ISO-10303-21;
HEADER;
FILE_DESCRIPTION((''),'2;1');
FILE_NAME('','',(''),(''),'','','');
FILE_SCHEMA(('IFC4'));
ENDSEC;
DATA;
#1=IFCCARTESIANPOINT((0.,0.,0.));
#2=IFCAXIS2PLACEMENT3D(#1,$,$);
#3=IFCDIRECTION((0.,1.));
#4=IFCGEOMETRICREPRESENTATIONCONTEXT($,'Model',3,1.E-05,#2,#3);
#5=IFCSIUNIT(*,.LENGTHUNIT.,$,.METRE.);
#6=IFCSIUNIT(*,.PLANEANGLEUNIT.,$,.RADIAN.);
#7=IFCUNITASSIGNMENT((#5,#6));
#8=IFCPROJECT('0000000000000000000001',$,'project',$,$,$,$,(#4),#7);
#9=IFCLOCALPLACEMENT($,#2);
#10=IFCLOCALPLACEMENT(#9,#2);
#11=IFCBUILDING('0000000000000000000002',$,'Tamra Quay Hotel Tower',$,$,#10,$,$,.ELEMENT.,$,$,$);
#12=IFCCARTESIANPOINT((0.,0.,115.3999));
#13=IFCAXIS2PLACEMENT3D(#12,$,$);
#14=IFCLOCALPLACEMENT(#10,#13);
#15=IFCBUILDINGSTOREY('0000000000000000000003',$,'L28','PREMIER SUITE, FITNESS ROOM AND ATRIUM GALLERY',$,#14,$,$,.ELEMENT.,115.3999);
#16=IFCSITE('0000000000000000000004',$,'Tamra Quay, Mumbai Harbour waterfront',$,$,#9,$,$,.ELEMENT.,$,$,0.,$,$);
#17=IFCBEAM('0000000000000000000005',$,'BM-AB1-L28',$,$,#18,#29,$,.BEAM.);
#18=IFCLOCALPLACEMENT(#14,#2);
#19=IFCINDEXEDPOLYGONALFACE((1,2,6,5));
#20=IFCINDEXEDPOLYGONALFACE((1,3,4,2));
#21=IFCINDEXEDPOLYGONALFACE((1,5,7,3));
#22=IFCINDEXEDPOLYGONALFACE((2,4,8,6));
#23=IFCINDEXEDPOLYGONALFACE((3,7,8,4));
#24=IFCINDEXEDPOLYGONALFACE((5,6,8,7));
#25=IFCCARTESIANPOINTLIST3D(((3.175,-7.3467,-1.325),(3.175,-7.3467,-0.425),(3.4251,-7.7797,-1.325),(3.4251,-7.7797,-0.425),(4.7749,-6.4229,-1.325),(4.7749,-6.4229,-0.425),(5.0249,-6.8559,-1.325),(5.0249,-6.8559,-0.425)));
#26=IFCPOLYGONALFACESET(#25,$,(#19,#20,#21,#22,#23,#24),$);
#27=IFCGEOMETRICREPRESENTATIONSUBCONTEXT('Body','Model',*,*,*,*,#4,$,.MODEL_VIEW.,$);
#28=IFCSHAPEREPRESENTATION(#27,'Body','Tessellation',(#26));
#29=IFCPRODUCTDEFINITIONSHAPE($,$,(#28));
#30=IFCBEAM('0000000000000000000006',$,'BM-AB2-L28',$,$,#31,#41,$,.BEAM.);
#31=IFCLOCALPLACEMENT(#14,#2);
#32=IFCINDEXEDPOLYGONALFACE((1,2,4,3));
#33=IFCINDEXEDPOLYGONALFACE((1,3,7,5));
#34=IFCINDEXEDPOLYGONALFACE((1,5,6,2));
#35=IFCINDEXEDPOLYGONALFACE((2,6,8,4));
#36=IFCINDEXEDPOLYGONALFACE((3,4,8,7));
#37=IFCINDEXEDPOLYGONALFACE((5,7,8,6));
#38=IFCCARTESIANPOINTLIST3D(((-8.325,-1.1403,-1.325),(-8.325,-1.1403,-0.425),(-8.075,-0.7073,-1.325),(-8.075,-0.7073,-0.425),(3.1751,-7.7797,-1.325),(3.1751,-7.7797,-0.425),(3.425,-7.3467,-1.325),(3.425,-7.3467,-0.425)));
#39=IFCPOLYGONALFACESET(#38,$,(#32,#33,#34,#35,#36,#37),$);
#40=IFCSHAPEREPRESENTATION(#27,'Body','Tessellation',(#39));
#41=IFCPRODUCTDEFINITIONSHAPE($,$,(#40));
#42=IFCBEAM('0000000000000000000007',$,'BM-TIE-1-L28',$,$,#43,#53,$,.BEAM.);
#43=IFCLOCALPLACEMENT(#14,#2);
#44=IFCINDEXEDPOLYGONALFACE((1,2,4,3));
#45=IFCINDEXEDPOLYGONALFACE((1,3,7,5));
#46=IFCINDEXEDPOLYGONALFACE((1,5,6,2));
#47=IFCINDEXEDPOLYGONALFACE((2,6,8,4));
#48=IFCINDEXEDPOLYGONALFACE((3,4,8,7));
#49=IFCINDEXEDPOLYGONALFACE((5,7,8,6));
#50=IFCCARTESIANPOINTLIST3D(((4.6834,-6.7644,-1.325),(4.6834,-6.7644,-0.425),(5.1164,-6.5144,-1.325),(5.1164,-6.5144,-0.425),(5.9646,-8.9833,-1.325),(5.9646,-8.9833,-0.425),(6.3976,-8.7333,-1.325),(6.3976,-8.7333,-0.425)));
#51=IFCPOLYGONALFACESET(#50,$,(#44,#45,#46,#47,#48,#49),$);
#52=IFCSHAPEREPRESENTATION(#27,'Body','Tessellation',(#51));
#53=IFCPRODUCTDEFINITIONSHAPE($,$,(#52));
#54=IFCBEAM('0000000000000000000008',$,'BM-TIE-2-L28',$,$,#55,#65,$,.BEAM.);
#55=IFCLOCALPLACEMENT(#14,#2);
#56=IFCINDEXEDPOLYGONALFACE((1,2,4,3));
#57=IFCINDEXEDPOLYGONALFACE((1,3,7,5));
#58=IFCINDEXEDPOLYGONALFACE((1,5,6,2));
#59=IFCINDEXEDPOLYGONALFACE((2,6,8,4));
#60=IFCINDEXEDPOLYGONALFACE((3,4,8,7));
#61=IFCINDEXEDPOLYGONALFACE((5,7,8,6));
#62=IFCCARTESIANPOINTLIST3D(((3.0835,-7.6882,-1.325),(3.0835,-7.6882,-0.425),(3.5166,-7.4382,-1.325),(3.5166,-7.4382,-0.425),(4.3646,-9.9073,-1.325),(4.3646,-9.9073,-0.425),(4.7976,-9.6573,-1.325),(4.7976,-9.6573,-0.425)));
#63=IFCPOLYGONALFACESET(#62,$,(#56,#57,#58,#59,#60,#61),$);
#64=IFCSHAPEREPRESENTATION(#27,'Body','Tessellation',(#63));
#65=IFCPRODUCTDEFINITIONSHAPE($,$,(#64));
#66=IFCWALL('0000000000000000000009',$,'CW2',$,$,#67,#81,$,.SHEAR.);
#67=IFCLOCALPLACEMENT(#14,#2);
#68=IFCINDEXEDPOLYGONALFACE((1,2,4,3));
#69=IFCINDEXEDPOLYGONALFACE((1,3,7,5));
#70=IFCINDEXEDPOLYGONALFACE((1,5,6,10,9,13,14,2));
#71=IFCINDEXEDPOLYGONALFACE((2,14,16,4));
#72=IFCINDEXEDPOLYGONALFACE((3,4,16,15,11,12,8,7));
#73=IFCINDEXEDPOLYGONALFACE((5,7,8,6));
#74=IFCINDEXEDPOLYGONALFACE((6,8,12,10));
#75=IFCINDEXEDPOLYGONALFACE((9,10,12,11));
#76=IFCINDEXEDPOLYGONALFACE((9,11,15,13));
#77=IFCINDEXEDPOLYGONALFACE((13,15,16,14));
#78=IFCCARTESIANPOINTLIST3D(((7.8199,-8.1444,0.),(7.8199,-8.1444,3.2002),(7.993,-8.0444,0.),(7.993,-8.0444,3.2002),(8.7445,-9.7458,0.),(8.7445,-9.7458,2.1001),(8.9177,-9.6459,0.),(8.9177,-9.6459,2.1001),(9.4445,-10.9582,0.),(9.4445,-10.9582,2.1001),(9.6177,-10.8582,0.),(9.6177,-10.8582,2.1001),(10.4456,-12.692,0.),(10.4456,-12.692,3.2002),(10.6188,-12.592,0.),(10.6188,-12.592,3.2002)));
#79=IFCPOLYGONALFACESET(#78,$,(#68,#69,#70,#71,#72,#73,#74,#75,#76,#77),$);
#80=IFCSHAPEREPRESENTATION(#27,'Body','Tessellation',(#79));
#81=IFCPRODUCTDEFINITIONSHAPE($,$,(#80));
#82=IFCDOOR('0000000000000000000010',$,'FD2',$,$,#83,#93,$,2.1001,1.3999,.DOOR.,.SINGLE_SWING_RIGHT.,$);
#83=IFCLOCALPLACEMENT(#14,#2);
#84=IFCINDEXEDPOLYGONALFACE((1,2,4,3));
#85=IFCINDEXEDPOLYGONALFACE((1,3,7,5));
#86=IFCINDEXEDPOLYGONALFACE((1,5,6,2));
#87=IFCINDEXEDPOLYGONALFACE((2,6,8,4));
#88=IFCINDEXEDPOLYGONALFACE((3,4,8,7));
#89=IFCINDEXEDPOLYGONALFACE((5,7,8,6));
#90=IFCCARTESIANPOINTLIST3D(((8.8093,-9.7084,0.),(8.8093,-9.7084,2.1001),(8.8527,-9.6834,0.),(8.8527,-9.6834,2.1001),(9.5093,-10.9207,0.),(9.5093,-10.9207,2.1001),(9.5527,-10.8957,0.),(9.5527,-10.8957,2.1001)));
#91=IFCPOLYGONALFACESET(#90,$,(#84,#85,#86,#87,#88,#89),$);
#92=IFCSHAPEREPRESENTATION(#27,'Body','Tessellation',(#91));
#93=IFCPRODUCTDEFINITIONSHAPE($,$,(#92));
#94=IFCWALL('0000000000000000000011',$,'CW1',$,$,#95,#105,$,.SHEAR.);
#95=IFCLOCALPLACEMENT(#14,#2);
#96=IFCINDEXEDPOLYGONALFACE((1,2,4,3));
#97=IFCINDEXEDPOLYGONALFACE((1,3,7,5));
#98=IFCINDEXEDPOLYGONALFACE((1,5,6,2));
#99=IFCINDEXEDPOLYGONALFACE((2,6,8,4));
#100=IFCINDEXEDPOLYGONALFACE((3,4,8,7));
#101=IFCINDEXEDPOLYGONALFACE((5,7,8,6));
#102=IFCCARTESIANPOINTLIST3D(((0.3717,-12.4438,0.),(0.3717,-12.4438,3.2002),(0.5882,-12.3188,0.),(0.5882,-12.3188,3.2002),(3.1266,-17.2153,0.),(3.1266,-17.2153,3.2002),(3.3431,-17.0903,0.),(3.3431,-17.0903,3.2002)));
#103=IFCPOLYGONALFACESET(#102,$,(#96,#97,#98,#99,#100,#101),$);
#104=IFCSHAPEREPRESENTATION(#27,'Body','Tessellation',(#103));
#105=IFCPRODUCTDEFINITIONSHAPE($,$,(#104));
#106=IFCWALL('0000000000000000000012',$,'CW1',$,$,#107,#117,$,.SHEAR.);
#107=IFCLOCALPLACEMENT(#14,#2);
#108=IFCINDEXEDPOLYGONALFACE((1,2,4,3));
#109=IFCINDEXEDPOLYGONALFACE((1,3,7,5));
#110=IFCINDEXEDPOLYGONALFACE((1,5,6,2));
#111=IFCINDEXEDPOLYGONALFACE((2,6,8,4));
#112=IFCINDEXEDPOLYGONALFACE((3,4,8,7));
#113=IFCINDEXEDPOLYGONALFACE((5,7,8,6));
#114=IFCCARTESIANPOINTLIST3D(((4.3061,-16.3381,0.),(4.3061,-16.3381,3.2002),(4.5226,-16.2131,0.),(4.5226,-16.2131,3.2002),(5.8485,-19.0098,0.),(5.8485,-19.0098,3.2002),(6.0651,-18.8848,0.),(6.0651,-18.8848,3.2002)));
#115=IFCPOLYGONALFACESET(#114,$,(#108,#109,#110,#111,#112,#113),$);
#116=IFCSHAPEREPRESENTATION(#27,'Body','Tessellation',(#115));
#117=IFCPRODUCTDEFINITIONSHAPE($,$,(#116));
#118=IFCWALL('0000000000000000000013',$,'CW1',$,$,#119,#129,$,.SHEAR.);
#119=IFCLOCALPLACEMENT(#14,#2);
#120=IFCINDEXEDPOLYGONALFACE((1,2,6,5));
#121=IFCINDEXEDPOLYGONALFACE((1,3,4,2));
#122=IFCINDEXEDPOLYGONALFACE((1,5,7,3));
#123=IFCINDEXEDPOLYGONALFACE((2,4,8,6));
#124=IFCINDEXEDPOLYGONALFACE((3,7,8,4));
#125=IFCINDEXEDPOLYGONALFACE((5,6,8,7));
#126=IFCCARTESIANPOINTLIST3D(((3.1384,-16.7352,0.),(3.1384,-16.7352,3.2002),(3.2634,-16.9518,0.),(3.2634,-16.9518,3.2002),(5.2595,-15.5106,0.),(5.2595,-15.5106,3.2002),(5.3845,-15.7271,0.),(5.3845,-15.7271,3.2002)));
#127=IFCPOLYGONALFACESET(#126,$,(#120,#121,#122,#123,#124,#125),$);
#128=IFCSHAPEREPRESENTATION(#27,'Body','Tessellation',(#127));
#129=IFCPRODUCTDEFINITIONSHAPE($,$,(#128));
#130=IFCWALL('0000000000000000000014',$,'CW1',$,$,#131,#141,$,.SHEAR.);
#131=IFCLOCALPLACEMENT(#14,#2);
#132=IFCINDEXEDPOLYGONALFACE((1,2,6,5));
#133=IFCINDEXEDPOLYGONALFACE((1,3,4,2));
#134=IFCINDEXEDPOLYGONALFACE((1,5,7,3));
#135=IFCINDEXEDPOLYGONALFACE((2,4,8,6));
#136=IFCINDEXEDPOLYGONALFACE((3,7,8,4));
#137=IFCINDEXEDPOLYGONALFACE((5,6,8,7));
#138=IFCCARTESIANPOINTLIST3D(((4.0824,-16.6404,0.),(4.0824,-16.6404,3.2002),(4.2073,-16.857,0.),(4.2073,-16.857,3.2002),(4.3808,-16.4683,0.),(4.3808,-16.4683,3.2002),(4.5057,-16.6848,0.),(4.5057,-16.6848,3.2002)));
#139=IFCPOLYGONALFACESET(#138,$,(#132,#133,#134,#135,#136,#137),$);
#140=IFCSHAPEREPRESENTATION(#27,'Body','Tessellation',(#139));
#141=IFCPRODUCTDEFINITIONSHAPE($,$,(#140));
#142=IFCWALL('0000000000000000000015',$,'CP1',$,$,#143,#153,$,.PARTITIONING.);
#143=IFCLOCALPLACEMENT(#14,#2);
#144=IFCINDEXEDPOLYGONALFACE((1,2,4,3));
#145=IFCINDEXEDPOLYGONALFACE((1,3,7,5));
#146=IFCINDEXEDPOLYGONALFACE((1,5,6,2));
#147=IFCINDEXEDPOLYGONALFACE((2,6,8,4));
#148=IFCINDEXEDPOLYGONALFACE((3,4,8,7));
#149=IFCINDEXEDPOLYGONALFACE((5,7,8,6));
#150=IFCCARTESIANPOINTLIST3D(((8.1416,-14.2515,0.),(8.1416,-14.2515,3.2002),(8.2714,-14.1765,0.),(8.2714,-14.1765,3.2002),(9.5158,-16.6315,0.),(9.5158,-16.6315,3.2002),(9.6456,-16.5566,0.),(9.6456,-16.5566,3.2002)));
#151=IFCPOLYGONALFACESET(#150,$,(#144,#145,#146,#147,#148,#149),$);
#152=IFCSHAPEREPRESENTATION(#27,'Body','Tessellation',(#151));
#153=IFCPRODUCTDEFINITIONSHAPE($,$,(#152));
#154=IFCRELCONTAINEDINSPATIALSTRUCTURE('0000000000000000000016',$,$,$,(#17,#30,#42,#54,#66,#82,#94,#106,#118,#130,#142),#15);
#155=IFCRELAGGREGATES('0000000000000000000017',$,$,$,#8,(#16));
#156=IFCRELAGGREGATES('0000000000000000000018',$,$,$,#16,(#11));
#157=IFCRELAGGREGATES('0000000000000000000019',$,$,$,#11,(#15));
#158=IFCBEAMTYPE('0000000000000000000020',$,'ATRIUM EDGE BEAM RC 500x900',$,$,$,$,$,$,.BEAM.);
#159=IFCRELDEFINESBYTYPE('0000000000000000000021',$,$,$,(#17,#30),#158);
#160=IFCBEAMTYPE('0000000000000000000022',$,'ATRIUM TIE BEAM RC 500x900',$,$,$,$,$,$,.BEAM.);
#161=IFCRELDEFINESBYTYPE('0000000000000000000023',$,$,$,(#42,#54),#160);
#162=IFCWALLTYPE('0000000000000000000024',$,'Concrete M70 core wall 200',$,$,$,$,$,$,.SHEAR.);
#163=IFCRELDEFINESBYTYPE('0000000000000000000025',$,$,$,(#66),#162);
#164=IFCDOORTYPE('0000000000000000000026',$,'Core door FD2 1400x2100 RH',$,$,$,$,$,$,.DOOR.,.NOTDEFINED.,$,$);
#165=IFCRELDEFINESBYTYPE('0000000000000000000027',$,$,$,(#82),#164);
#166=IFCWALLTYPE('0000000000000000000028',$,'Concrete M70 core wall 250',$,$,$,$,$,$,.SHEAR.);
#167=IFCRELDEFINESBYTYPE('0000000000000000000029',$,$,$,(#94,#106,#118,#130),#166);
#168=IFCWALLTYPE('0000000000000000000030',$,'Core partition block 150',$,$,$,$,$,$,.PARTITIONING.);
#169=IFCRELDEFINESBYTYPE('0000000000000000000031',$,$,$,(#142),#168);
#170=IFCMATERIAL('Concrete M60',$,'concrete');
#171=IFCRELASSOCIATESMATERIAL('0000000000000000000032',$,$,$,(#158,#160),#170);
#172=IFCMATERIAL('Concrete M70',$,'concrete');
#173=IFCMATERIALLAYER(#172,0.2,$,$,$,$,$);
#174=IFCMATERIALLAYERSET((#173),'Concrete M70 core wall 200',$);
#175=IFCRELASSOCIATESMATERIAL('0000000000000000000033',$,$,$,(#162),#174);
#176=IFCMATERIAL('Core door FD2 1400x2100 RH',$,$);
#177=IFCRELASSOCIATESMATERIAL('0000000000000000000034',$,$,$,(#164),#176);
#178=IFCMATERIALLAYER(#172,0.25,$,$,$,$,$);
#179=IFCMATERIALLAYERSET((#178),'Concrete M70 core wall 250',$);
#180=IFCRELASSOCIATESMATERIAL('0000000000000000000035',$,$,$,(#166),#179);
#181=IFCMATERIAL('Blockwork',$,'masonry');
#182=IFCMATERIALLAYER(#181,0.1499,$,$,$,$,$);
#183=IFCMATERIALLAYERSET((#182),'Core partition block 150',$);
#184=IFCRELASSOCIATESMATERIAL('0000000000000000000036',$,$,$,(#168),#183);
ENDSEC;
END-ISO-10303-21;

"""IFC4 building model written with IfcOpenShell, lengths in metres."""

from ifc_helpers import new_model, si_unit, direction, frame, frame_2d, origin, origin_2d, place, context, subcontext, project, spatial, rectangle, extrude, material, layer, layer_set, material_profile, profile_set, type_object, element, fill, save


model = new_model("IFC4")

# Units and contexts
model_context = context("Model", 3, precision=1e-05, world=origin(), true_north=direction((0.0, 1.0)))
body_context = subcontext(model_context, "Body", "Model", "MODEL_VIEW")
ifc_project = project(units=[si_unit("LENGTHUNIT", "METRE"), si_unit("PLANEANGLEUNIT", "RADIAN")], contexts=[model_context])

# Site, building, storey
site_placement = place(None, origin())
site = spatial("IfcSite", under=ifc_project, at=site_placement, Name="Tamra Quay, Mumbai Harbour waterfront", CompositionType="ELEMENT", RefElevation=0.0)
building_placement = place(site_placement, origin())
building = spatial("IfcBuilding", under=site, at=building_placement, Name="Tamra Quay Hotel Tower", CompositionType="ELEMENT")
storey_placement = place(building_placement, frame((0.0, 0.0, 115.3999)))
storey = spatial("IfcBuildingStorey", under=building, at=storey_placement, Name="L28", Description="PREMIER SUITE, FITNESS ROOM AND ATRIUM GALLERY", CompositionType="ELEMENT", Elevation=115.3999)

# Beams
ifc_material_1 = material(Name="Concrete M60", Category="concrete")
ifc_material_profile_1 = material_profile(ifc_material_1, rectangle(XDim=0.5, YDim=0.8999, at=origin_2d()), Name="ATRIUM EDGE BEAM RC 500x900")
ifc_profile_set_1 = profile_set([ifc_material_profile_1], Name="Concrete M60")
beam_type_1 = type_object("IfcBeamType", Name="ATRIUM EDGE BEAM RC 500x900", PredefinedType="BEAM", material=ifc_profile_set_1)
beam_1_placement = place(storey_placement, frame((4.8999, -6.6394, -0.875), z_axis=(-0.86599, -0.500062, 0.0), x_axis=(0.500062, -0.86599, 0.0)))
element("IfcBeam", 1, at=beam_1_placement, inside=storey, type_object=beam_type_1, Name="BM-AB1-L28", PredefinedType="BEAM", context=body_context, shape_type="SweptSolid", body=[
    extrude(rectangle(XDim=0.5, YDim=0.8999, at=origin_2d()), origin(), (0.0, 0.0, 1.0), 1.8474),
])
beam_2_placement = place(storey_placement, frame((3.3, -7.5632, -0.875), z_axis=(-0.866029, 0.499993, 0.0), x_axis=(-0.499993, -0.866029, 0.0)))
element("IfcBeam", 2, at=beam_2_placement, inside=storey, type_object=beam_type_1, Name="BM-AB2-L28", PredefinedType="BEAM", context=body_context, shape_type="SweptSolid", body=[
    extrude(rectangle(XDim=0.5, YDim=0.8999, at=origin_2d()), origin(), (0.0, 0.0, 1.0), 13.2791),
])
ifc_material_profile_2 = material_profile(ifc_material_1, rectangle(XDim=0.5, YDim=0.8999, at=origin_2d()), Name="ATRIUM TIE BEAM RC 500x900")
ifc_profile_set_2 = profile_set([ifc_material_profile_2], Name="Concrete M60")
beam_type_2 = type_object("IfcBeamType", Name="ATRIUM TIE BEAM RC 500x900", PredefinedType="BEAM", material=ifc_profile_set_2)
for number, where, z_axis, x_axis, name in (
    (3, (4.8999, -6.6394, -0.875), (0.500033, -0.866006, 0.0), (0.866006, 0.500033, 0.0), "BM-TIE-1-L28"),
    (4, (3.3, -7.5632, -0.875), (0.499962, -0.866048, 0.0), (0.866048, 0.499962, 0.0), "BM-TIE-2-L28"),
):
    element("IfcBeam", number, at=place(storey_placement, frame(where, z_axis=z_axis, x_axis=x_axis)), inside=storey, type_object=beam_type_2, Name=name, PredefinedType="BEAM", context=body_context, shape_type="SweptSolid", body=[
        extrude(rectangle(XDim=0.5, YDim=0.8999, at=origin_2d()), origin(), (0.0, 0.0, 1.0), 2.5623),
    ])

# Wall, opening, door
ifc_material_2 = material(Name="Concrete M70", Category="concrete")
ifc_layer_1 = layer(ifc_material_2, 0.2)
ifc_layer_set_1 = layer_set([ifc_layer_1], Name="Concrete M70 core wall 200")
wall_type_1 = type_object("IfcWallType", Name="Concrete M70 core wall 200", PredefinedType="SHEAR", material=ifc_layer_set_1)
wall_1_placement = place(storey_placement, frame((7.9065, -8.0945, 0.0), z_axis=(0.0, 0.0, 1.0), x_axis=(0.500024, -0.866011, 0.0)))
wall_1 = element("IfcWall", 5, at=wall_1_placement, inside=storey, type_object=wall_type_1, Name="CW2", PredefinedType="SHEAR", context=body_context, shape_type="SweptSolid", body=[
    extrude(rectangle(XDim=5.2512, YDim=0.2, at=frame_2d((2.6255, 0.0))), origin(), (0.0, 0.0, 1.0), 3.2002),
])
opening_1_placement = place(wall_1_placement, frame((1.8491, 0.0, 0.0)))
opening_1 = element("IfcOpeningElement", 6, at=opening_1_placement, cuts=wall_1, PredefinedType="OPENING", context=body_context, shape_type="SweptSolid", body=[
    extrude(rectangle(XDim=1.3999, YDim=2.1001, at=frame_2d((0.7, 1.05))), frame((0.0, 0.1099, 0.0), z_axis=(0.0, -1.0, 0.0), x_axis=(1.0, 0.0, 0.0)), (0.0, 0.0, 1.0), 0.22),
])
ifc_material_3 = material(Name="Core door FD2 1400x2100 RH")
door_type_1 = type_object("IfcDoorType", Name="Core door FD2 1400x2100 RH", OperationType="NOTDEFINED", PredefinedType="DOOR", material=ifc_material_3)
door_1_placement = place(opening_1_placement, origin())
door_1 = element("IfcDoor", 7, at=door_1_placement, inside=storey, type_object=door_type_1, Name="FD2", OperationType="SINGLE_SWING_RIGHT", OverallHeight=2.1001, OverallWidth=1.3999, PredefinedType="DOOR", context=body_context, shape_type="SweptSolid", body=[
    extrude(rectangle(XDim=1.3999, YDim=2.1001, at=frame_2d((0.7, 1.05))), frame((0.0, 0.0249, 0.0), z_axis=(0.0, -1.0, 0.0), x_axis=(1.0, 0.0, 0.0)), (0.0, 0.0, 1.0), 0.05),
])
fill(opening_1, door_1)

# Walls
ifc_layer_2 = layer(ifc_material_2, 0.25)
ifc_layer_set_2 = layer_set([ifc_layer_2], Name="Concrete M70 core wall 250")
wall_type_2 = type_object("IfcWallType", Name="Concrete M70 core wall 250", PredefinedType="SHEAR", material=ifc_layer_set_2)
wall_2_placement = place(storey_placement, frame((3.2349, -17.1528, 0.0), z_axis=(0.0, 0.0, 1.0), x_axis=(-0.500009, 0.86602, 0.0)))
element("IfcWall", 8, at=wall_2_placement, inside=storey, type_object=wall_type_2, Name="CW1", PredefinedType="SHEAR", context=body_context, shape_type="SweptSolid", body=[
    extrude(rectangle(XDim=5.5098, YDim=0.25, at=frame_2d((2.7549, 0.0))), origin(), (0.0, 0.0, 1.0), 3.2002),
])
wall_3_placement = place(storey_placement, frame((4.4143, -16.2756, 0.0), z_axis=(0.0, 0.0, 1.0), x_axis=(0.500003, -0.866023, 0.0)))
element("IfcWall", 9, at=wall_3_placement, inside=storey, type_object=wall_type_2, Name="CW1", PredefinedType="SHEAR", context=body_context, shape_type="SweptSolid", body=[
    extrude(rectangle(XDim=3.085, YDim=0.25, at=frame_2d((1.5425, 0.0))), origin(), (0.0, 0.0, 1.0), 3.2002),
])
wall_4_placement = place(storey_placement, frame((5.322, -15.6189, 0.0), z_axis=(0.0, 0.0, 1.0), x_axis=(-0.866026, -0.499999, 0.0)))
element("IfcWall", 10, at=wall_4_placement, inside=storey, type_object=wall_type_2, Name="CW1", PredefinedType="SHEAR", context=body_context, shape_type="SweptSolid", body=[
    extrude(rectangle(XDim=2.4492, YDim=0.25, at=frame_2d((1.2246, 0.0))), origin(), (0.0, 0.0, 1.0), 3.2002),
])
wall_5_placement = place(storey_placement, frame((4.1448, -16.7488, 0.0), z_axis=(0.0, 0.0, 1.0), x_axis=(0.866186, 0.499722, 0.0)))
element("IfcWall", 11, at=wall_5_placement, inside=storey, type_object=wall_type_2, Name="CW1", PredefinedType="SHEAR", context=body_context, shape_type="SweptSolid", body=[
    extrude(rectangle(XDim=0.3445, YDim=0.25, at=frame_2d((0.1724, 0.0))), origin(), (0.0, 0.0, 1.0), 3.2002),
])
ifc_material_4 = material(Name="Blockwork", Category="masonry")
ifc_layer_3 = layer(ifc_material_4, 0.1499)
ifc_layer_set_3 = layer_set([ifc_layer_3], Name="Core partition block 150")
wall_type_3 = type_object("IfcWallType", Name="Core partition block 150", PredefinedType="PARTITIONING", material=ifc_layer_set_3)
wall_6_placement = place(storey_placement, frame((8.2065, -14.2141, 0.0), z_axis=(0.0, 0.0, 1.0), x_axis=(0.500027, -0.86601, 0.0)))
element("IfcWall", 12, at=wall_6_placement, inside=storey, type_object=wall_type_3, Name="CP1", PredefinedType="PARTITIONING", context=body_context, shape_type="SweptSolid", body=[
    extrude(rectangle(XDim=2.7483, YDim=0.1499, at=frame_2d((1.374, 0.0))), origin(), (0.0, 0.0, 1.0), 3.2002),
])

save(model, "model.ifc")
